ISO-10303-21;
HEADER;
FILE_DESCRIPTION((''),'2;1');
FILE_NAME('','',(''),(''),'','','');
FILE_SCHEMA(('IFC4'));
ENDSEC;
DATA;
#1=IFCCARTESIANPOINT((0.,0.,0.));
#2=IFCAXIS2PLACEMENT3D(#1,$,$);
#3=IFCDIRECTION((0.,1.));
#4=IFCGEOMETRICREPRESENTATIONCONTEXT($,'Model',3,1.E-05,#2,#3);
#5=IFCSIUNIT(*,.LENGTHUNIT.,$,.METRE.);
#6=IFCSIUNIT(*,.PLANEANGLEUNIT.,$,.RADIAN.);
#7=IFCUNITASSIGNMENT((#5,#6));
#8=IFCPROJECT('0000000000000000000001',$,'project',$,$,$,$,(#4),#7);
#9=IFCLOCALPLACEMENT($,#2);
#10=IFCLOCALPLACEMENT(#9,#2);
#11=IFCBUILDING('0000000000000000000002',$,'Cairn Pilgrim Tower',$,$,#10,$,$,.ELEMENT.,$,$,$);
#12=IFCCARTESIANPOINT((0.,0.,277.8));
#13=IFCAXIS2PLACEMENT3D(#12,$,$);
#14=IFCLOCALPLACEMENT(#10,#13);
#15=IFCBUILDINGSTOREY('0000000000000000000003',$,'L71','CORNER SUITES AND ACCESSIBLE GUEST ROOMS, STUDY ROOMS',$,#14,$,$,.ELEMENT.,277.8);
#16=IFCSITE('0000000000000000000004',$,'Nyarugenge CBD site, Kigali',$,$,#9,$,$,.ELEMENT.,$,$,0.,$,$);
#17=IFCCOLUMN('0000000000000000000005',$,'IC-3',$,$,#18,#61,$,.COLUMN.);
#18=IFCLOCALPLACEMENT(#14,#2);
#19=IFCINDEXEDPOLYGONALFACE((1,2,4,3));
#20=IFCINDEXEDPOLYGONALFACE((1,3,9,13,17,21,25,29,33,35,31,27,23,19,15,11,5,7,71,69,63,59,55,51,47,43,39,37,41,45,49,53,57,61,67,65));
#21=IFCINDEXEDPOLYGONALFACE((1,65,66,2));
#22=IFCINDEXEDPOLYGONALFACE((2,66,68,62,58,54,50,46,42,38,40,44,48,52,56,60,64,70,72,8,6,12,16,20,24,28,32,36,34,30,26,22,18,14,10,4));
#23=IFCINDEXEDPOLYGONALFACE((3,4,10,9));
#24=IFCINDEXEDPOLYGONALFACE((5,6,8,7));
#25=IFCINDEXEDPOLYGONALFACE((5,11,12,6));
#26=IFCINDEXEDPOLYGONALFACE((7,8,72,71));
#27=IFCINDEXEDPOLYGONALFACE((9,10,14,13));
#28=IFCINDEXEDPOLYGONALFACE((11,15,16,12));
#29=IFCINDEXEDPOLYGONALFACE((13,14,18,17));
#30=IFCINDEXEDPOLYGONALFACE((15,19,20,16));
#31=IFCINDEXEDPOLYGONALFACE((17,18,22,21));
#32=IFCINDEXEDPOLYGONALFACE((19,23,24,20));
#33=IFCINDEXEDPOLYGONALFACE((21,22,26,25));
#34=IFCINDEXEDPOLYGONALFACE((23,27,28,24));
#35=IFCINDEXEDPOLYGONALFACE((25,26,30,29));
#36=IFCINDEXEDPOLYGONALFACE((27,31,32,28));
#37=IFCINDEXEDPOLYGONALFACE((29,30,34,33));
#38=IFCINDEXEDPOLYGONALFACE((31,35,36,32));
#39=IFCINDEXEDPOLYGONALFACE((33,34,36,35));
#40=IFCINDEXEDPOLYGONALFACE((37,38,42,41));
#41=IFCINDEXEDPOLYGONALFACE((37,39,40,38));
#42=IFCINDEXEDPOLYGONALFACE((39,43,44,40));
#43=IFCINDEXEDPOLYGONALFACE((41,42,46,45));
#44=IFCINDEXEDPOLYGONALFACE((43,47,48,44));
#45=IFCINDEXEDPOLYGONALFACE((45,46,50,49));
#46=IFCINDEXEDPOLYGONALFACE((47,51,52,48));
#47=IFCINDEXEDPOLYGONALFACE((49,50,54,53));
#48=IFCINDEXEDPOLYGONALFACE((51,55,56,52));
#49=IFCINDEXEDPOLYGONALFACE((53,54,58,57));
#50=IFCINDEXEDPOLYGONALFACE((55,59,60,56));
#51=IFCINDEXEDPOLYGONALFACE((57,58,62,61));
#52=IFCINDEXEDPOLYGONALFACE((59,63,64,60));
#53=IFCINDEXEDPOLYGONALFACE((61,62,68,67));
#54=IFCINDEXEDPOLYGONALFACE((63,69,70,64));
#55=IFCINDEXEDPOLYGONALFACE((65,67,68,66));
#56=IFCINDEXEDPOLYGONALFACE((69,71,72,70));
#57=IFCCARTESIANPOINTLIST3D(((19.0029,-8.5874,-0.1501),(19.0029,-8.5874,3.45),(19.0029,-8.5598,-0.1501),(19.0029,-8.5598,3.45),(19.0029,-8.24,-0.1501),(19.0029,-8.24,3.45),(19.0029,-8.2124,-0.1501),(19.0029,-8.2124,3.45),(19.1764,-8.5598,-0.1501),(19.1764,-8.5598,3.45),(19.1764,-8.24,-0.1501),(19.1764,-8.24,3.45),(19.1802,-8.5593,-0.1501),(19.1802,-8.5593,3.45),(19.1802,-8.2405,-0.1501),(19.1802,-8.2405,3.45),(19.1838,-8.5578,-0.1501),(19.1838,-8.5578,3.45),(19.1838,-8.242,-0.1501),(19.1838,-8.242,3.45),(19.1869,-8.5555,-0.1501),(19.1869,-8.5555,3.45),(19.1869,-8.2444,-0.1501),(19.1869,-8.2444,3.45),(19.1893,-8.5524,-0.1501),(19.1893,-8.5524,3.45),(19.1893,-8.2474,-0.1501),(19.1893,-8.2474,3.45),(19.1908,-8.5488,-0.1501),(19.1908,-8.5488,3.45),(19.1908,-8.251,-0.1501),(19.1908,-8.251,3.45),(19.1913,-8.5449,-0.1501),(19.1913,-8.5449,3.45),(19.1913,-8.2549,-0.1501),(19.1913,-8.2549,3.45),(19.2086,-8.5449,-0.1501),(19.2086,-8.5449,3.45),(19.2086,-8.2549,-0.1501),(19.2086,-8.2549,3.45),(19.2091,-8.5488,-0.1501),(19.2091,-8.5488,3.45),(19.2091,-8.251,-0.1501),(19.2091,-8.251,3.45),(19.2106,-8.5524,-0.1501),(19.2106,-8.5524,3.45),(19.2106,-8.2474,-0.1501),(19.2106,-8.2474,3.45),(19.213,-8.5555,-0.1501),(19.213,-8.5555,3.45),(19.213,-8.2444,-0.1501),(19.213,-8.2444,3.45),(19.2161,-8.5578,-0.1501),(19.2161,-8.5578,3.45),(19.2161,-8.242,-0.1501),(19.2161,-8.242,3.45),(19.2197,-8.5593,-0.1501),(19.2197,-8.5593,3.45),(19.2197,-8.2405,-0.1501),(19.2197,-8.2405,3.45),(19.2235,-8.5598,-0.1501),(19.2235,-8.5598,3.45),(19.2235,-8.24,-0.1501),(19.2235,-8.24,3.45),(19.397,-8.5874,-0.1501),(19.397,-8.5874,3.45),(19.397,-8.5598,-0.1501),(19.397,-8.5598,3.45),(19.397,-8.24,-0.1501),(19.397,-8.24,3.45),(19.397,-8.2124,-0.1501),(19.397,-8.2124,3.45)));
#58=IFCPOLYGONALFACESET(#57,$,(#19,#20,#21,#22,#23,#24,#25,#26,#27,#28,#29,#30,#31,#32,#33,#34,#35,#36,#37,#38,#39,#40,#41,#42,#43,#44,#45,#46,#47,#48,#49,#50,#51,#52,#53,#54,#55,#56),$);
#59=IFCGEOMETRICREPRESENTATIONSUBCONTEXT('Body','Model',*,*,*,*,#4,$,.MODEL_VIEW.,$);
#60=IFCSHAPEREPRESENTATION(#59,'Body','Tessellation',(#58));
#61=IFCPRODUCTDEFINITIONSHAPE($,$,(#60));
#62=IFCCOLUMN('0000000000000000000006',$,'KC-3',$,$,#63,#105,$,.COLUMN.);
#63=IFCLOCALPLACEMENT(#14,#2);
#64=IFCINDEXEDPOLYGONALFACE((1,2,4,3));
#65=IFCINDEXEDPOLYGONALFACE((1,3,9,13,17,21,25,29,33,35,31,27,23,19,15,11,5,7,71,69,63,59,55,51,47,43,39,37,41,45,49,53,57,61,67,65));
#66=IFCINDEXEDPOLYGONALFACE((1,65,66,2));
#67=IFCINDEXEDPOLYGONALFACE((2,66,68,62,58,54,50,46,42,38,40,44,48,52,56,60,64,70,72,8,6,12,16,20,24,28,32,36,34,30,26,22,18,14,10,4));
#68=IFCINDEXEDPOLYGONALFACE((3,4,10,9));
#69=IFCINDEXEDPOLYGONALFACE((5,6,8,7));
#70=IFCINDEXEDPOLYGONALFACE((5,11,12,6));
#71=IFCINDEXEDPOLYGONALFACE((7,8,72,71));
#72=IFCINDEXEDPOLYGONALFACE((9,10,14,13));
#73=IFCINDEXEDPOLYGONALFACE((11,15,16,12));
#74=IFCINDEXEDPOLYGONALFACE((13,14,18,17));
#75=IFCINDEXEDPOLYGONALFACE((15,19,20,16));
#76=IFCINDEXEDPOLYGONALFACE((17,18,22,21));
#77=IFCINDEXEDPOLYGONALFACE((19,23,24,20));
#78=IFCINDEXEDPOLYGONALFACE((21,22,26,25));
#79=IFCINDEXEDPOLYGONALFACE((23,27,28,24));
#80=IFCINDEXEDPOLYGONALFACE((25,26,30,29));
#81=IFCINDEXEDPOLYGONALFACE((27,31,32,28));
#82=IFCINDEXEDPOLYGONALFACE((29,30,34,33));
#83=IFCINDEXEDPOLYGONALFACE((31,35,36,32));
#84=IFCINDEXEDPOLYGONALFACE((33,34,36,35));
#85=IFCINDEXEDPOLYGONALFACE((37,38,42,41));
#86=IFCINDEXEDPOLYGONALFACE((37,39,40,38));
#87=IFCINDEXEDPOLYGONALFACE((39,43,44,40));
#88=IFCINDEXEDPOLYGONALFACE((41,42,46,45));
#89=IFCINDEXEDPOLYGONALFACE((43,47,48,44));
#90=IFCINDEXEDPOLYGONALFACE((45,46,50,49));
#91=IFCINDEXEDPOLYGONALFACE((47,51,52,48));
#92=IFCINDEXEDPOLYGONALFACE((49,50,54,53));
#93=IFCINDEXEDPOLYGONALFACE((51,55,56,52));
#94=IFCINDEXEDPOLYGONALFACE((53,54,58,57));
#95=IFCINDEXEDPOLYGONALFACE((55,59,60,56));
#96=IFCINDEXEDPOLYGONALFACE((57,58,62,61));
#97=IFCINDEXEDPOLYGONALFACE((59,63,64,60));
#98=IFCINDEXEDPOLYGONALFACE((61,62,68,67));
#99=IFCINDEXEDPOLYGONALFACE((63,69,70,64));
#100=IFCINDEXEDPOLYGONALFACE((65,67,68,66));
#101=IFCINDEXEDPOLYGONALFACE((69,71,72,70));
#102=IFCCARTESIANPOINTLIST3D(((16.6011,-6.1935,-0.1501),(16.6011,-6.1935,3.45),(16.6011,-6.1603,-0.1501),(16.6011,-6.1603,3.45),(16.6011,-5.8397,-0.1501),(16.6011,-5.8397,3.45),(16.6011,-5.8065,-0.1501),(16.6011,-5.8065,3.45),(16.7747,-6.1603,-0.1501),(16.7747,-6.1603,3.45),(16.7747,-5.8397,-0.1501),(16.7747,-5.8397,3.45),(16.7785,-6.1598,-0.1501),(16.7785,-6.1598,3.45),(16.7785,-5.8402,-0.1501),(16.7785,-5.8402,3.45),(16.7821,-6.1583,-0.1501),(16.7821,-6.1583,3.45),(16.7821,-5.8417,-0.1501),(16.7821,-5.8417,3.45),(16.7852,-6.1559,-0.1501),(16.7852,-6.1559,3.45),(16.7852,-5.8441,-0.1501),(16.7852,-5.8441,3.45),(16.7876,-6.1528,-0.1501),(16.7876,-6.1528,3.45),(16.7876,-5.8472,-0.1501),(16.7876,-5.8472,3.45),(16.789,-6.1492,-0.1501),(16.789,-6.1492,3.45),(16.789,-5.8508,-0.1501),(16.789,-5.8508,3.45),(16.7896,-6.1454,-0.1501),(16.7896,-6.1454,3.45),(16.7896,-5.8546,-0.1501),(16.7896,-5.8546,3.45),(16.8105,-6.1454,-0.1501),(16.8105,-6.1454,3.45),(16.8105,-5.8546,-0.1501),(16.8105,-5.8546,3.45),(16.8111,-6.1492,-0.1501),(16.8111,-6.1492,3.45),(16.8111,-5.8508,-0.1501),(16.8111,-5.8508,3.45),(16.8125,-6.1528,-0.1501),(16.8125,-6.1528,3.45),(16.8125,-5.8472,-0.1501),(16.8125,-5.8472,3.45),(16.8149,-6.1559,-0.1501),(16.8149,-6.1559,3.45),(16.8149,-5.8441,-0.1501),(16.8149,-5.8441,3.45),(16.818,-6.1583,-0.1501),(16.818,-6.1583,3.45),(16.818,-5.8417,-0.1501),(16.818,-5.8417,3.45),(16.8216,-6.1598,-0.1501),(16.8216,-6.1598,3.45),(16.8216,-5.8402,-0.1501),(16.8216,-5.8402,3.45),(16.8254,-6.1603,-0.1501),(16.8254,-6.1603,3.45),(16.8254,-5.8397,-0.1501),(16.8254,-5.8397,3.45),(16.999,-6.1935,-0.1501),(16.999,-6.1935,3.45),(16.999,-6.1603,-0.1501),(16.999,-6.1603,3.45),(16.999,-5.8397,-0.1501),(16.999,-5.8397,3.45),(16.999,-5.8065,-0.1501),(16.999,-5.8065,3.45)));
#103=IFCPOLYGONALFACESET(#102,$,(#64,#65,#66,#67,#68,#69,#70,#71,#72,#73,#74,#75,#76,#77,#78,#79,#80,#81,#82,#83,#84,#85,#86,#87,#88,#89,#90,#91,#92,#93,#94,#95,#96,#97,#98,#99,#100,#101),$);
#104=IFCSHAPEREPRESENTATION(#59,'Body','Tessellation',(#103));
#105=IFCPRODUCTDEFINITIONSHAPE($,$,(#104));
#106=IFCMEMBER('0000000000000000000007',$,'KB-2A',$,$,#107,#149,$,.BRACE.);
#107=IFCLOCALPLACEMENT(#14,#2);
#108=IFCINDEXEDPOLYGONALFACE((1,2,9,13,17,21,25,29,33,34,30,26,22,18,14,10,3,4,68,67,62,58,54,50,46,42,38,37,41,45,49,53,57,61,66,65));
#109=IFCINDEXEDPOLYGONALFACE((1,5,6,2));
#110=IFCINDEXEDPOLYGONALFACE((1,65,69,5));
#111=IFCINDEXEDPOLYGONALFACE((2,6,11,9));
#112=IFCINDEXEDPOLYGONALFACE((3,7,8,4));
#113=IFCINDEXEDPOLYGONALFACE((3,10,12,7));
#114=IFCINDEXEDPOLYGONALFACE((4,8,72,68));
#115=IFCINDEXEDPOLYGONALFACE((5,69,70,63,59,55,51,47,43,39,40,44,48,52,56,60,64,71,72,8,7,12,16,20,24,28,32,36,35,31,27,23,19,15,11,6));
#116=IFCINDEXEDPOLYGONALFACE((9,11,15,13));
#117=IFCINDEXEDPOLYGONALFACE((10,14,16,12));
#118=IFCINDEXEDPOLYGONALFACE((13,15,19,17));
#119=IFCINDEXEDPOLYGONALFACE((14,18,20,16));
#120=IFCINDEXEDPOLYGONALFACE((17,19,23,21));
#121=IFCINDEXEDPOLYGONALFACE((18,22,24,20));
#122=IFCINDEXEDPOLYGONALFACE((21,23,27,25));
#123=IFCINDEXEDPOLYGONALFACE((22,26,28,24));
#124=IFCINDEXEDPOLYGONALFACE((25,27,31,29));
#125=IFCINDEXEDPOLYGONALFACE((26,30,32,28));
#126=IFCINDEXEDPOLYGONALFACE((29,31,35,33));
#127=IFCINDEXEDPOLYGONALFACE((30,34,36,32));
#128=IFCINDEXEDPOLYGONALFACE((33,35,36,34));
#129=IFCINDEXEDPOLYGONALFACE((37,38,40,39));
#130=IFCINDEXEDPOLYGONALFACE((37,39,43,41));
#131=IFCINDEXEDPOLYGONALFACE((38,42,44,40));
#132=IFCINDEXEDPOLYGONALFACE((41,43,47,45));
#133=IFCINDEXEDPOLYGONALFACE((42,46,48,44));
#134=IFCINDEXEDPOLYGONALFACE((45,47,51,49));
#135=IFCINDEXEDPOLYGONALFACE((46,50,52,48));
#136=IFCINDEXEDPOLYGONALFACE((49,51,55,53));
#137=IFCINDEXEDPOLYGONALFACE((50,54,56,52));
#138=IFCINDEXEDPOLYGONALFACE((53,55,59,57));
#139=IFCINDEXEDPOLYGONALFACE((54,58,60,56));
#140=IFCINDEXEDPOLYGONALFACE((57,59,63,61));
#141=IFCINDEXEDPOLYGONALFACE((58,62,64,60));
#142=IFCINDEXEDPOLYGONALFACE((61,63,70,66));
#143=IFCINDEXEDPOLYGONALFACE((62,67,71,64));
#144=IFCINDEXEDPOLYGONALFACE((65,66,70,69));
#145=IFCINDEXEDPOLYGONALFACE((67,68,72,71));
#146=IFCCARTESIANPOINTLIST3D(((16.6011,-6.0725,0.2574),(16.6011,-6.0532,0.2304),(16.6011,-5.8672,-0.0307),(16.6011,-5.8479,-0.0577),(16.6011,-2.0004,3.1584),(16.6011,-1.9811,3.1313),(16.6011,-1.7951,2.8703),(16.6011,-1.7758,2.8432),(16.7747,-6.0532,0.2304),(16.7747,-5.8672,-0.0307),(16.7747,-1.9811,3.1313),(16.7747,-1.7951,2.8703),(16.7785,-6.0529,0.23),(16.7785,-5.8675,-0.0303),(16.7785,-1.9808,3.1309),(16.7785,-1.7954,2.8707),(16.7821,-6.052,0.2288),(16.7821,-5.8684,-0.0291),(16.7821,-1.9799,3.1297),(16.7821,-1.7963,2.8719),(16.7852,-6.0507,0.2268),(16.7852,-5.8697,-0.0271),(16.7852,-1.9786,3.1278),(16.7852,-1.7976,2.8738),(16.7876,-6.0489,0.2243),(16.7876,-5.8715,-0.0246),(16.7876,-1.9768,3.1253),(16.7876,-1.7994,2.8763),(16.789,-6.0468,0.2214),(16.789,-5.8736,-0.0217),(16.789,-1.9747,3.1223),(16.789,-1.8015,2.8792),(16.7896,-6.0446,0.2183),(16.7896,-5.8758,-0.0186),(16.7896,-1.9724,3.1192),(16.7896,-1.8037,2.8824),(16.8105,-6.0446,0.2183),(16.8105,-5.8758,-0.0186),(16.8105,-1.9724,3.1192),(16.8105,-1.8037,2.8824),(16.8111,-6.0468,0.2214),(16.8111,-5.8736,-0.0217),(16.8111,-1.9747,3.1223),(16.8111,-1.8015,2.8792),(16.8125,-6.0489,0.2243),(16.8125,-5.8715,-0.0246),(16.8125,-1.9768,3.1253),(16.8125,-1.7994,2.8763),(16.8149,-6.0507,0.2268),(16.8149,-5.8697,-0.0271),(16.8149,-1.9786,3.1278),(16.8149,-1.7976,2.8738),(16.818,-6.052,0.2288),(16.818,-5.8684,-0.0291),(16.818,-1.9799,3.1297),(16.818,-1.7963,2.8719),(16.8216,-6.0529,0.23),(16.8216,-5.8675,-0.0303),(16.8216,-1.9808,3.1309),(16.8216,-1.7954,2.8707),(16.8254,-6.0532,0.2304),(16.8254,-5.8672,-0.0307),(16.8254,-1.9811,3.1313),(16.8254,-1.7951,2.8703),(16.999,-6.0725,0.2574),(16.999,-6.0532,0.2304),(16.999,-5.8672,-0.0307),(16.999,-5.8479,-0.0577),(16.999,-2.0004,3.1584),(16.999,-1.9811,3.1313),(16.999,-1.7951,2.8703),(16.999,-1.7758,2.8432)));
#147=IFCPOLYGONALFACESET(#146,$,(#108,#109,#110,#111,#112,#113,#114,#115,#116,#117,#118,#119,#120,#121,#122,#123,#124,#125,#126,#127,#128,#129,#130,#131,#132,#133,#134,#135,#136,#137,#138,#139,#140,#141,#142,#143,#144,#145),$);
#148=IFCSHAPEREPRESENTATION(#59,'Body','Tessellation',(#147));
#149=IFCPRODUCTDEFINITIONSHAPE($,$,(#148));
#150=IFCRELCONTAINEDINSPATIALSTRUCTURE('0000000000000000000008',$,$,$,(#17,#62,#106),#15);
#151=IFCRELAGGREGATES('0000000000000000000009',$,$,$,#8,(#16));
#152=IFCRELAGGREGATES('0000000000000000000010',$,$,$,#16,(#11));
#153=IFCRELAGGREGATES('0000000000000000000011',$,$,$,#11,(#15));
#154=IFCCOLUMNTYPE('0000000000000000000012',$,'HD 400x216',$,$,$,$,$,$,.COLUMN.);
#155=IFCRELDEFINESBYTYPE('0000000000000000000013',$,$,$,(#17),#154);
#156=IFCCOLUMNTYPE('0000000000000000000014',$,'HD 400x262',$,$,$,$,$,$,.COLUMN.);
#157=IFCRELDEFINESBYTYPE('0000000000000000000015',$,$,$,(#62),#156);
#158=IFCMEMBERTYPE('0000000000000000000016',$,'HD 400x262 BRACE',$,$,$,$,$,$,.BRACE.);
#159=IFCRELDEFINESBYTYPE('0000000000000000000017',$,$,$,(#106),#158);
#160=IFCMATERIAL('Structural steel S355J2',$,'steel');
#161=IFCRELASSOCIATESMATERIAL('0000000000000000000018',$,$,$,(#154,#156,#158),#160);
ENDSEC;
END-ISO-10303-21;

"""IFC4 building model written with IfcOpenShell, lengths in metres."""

from ifc_helpers import new_model, si_unit, direction, frame, origin, origin_2d, place, context, subcontext, project, spatial, i_section, extrude, material, material_profile, profile_set, type_object, element, save


model = new_model("IFC4")

# Units and contexts
model_context = context("Model", 3, precision=1e-05, world=origin(), true_north=direction((0.0, 1.0)))
body_context = subcontext(model_context, "Body", "Model", "MODEL_VIEW")
ifc_project = project(units=[si_unit("LENGTHUNIT", "METRE"), si_unit("PLANEANGLEUNIT", "RADIAN")], contexts=[model_context])

# Site, building, storey
site_placement = place(None, origin())
site = spatial("IfcSite", under=ifc_project, at=site_placement, Name="Nyarugenge CBD site, Kigali", CompositionType="ELEMENT", RefElevation=0.0)
building_placement = place(site_placement, origin())
building = spatial("IfcBuilding", under=site, at=building_placement, Name="Cairn Pilgrim Tower", CompositionType="ELEMENT")
storey_placement = place(building_placement, frame((0.0, 0.0, 277.8)))
storey = spatial("IfcBuildingStorey", under=building, at=storey_placement, Name="L71", Description="CORNER SUITES AND ACCESSIBLE GUEST ROOMS, STUDY ROOMS", CompositionType="ELEMENT", Elevation=277.8)

# Columns
ifc_material_1 = material(Name="Structural steel S355J2", Category="steel")
ifc_material_profile_1 = material_profile(ifc_material_1, i_section(OverallWidth=0.394, OverallDepth=0.375, WebThickness=0.0173, FlangeThickness=0.0276, FilletRadius=0.0149, at=origin_2d()), Name="HD 400x216")
ifc_profile_set_1 = profile_set([ifc_material_profile_1], Name="Structural steel S355J2")
column_type_1 = type_object("IfcColumnType", Name="HD 400x216", PredefinedType="COLUMN", material=ifc_profile_set_1)
column_1_placement = place(storey_placement, frame((19.2, -8.3999, -0.1501), z_axis=(0.0, 0.0, 1.0), x_axis=(1.0, 0.0, 0.0)))
element("IfcColumn", 1, at=column_1_placement, inside=storey, type_object=column_type_1, Name="IC-3", PredefinedType="COLUMN", context=body_context, shape_type="SweptSolid", body=[
    extrude(i_section(OverallWidth=0.394, OverallDepth=0.375, WebThickness=0.0173, FlangeThickness=0.0276, FilletRadius=0.0149, at=origin_2d()), origin(), (0.0, 0.0, 1.0), 3.6001),
])
ifc_material_profile_2 = material_profile(ifc_material_1, i_section(OverallWidth=0.3979, OverallDepth=0.387, WebThickness=0.021, FlangeThickness=0.0332, FilletRadius=0.0149, at=origin_2d()), Name="HD 400x262")
ifc_profile_set_2 = profile_set([ifc_material_profile_2], Name="Structural steel S355J2")
column_type_2 = type_object("IfcColumnType", Name="HD 400x262", PredefinedType="COLUMN", material=ifc_profile_set_2)
column_2_placement = place(storey_placement, frame((16.8, -6.0, -0.1501), z_axis=(0.0, 0.0, 1.0), x_axis=(1.0, 0.0, 0.0)))
element("IfcColumn", 2, at=column_2_placement, inside=storey, type_object=column_type_2, Name="KC-3", PredefinedType="COLUMN", context=body_context, shape_type="SweptSolid", body=[
    extrude(i_section(OverallWidth=0.3979, OverallDepth=0.387, WebThickness=0.021, FlangeThickness=0.0332, FilletRadius=0.0149, at=origin_2d()), origin(), (0.0, 0.0, 1.0), 3.6001),
])

# Member
ifc_material_profile_3 = material_profile(ifc_material_1, i_section(OverallWidth=0.3979, OverallDepth=0.387, WebThickness=0.021, FlangeThickness=0.0332, FilletRadius=0.0149, at=origin_2d()), Name="HD 400x262")
ifc_profile_set_3 = profile_set([ifc_material_profile_3], Name="Structural steel S355J2")
member_type = type_object("IfcMemberType", Name="HD 400x262 BRACE", PredefinedType="BRACE", material=ifc_profile_set_3)
member_placement = place(storey_placement, frame((16.8, -5.9602, 0.0999), z_axis=(0.0, 0.814462, 0.580217), x_axis=(-1.0, 0.0, 0.0)))
element("IfcMember", 3, at=member_placement, inside=storey, type_object=member_type, Name="KB-2A", PredefinedType="BRACE", context=body_context, shape_type="SweptSolid", body=[
    extrude(i_section(OverallWidth=0.3979, OverallDepth=0.387, WebThickness=0.021, FlangeThickness=0.0332, FilletRadius=0.0149, at=origin_2d()), origin(), (0.0, 0.0, 1.0), 4.9998),
])

save(model, "model.ifc")
